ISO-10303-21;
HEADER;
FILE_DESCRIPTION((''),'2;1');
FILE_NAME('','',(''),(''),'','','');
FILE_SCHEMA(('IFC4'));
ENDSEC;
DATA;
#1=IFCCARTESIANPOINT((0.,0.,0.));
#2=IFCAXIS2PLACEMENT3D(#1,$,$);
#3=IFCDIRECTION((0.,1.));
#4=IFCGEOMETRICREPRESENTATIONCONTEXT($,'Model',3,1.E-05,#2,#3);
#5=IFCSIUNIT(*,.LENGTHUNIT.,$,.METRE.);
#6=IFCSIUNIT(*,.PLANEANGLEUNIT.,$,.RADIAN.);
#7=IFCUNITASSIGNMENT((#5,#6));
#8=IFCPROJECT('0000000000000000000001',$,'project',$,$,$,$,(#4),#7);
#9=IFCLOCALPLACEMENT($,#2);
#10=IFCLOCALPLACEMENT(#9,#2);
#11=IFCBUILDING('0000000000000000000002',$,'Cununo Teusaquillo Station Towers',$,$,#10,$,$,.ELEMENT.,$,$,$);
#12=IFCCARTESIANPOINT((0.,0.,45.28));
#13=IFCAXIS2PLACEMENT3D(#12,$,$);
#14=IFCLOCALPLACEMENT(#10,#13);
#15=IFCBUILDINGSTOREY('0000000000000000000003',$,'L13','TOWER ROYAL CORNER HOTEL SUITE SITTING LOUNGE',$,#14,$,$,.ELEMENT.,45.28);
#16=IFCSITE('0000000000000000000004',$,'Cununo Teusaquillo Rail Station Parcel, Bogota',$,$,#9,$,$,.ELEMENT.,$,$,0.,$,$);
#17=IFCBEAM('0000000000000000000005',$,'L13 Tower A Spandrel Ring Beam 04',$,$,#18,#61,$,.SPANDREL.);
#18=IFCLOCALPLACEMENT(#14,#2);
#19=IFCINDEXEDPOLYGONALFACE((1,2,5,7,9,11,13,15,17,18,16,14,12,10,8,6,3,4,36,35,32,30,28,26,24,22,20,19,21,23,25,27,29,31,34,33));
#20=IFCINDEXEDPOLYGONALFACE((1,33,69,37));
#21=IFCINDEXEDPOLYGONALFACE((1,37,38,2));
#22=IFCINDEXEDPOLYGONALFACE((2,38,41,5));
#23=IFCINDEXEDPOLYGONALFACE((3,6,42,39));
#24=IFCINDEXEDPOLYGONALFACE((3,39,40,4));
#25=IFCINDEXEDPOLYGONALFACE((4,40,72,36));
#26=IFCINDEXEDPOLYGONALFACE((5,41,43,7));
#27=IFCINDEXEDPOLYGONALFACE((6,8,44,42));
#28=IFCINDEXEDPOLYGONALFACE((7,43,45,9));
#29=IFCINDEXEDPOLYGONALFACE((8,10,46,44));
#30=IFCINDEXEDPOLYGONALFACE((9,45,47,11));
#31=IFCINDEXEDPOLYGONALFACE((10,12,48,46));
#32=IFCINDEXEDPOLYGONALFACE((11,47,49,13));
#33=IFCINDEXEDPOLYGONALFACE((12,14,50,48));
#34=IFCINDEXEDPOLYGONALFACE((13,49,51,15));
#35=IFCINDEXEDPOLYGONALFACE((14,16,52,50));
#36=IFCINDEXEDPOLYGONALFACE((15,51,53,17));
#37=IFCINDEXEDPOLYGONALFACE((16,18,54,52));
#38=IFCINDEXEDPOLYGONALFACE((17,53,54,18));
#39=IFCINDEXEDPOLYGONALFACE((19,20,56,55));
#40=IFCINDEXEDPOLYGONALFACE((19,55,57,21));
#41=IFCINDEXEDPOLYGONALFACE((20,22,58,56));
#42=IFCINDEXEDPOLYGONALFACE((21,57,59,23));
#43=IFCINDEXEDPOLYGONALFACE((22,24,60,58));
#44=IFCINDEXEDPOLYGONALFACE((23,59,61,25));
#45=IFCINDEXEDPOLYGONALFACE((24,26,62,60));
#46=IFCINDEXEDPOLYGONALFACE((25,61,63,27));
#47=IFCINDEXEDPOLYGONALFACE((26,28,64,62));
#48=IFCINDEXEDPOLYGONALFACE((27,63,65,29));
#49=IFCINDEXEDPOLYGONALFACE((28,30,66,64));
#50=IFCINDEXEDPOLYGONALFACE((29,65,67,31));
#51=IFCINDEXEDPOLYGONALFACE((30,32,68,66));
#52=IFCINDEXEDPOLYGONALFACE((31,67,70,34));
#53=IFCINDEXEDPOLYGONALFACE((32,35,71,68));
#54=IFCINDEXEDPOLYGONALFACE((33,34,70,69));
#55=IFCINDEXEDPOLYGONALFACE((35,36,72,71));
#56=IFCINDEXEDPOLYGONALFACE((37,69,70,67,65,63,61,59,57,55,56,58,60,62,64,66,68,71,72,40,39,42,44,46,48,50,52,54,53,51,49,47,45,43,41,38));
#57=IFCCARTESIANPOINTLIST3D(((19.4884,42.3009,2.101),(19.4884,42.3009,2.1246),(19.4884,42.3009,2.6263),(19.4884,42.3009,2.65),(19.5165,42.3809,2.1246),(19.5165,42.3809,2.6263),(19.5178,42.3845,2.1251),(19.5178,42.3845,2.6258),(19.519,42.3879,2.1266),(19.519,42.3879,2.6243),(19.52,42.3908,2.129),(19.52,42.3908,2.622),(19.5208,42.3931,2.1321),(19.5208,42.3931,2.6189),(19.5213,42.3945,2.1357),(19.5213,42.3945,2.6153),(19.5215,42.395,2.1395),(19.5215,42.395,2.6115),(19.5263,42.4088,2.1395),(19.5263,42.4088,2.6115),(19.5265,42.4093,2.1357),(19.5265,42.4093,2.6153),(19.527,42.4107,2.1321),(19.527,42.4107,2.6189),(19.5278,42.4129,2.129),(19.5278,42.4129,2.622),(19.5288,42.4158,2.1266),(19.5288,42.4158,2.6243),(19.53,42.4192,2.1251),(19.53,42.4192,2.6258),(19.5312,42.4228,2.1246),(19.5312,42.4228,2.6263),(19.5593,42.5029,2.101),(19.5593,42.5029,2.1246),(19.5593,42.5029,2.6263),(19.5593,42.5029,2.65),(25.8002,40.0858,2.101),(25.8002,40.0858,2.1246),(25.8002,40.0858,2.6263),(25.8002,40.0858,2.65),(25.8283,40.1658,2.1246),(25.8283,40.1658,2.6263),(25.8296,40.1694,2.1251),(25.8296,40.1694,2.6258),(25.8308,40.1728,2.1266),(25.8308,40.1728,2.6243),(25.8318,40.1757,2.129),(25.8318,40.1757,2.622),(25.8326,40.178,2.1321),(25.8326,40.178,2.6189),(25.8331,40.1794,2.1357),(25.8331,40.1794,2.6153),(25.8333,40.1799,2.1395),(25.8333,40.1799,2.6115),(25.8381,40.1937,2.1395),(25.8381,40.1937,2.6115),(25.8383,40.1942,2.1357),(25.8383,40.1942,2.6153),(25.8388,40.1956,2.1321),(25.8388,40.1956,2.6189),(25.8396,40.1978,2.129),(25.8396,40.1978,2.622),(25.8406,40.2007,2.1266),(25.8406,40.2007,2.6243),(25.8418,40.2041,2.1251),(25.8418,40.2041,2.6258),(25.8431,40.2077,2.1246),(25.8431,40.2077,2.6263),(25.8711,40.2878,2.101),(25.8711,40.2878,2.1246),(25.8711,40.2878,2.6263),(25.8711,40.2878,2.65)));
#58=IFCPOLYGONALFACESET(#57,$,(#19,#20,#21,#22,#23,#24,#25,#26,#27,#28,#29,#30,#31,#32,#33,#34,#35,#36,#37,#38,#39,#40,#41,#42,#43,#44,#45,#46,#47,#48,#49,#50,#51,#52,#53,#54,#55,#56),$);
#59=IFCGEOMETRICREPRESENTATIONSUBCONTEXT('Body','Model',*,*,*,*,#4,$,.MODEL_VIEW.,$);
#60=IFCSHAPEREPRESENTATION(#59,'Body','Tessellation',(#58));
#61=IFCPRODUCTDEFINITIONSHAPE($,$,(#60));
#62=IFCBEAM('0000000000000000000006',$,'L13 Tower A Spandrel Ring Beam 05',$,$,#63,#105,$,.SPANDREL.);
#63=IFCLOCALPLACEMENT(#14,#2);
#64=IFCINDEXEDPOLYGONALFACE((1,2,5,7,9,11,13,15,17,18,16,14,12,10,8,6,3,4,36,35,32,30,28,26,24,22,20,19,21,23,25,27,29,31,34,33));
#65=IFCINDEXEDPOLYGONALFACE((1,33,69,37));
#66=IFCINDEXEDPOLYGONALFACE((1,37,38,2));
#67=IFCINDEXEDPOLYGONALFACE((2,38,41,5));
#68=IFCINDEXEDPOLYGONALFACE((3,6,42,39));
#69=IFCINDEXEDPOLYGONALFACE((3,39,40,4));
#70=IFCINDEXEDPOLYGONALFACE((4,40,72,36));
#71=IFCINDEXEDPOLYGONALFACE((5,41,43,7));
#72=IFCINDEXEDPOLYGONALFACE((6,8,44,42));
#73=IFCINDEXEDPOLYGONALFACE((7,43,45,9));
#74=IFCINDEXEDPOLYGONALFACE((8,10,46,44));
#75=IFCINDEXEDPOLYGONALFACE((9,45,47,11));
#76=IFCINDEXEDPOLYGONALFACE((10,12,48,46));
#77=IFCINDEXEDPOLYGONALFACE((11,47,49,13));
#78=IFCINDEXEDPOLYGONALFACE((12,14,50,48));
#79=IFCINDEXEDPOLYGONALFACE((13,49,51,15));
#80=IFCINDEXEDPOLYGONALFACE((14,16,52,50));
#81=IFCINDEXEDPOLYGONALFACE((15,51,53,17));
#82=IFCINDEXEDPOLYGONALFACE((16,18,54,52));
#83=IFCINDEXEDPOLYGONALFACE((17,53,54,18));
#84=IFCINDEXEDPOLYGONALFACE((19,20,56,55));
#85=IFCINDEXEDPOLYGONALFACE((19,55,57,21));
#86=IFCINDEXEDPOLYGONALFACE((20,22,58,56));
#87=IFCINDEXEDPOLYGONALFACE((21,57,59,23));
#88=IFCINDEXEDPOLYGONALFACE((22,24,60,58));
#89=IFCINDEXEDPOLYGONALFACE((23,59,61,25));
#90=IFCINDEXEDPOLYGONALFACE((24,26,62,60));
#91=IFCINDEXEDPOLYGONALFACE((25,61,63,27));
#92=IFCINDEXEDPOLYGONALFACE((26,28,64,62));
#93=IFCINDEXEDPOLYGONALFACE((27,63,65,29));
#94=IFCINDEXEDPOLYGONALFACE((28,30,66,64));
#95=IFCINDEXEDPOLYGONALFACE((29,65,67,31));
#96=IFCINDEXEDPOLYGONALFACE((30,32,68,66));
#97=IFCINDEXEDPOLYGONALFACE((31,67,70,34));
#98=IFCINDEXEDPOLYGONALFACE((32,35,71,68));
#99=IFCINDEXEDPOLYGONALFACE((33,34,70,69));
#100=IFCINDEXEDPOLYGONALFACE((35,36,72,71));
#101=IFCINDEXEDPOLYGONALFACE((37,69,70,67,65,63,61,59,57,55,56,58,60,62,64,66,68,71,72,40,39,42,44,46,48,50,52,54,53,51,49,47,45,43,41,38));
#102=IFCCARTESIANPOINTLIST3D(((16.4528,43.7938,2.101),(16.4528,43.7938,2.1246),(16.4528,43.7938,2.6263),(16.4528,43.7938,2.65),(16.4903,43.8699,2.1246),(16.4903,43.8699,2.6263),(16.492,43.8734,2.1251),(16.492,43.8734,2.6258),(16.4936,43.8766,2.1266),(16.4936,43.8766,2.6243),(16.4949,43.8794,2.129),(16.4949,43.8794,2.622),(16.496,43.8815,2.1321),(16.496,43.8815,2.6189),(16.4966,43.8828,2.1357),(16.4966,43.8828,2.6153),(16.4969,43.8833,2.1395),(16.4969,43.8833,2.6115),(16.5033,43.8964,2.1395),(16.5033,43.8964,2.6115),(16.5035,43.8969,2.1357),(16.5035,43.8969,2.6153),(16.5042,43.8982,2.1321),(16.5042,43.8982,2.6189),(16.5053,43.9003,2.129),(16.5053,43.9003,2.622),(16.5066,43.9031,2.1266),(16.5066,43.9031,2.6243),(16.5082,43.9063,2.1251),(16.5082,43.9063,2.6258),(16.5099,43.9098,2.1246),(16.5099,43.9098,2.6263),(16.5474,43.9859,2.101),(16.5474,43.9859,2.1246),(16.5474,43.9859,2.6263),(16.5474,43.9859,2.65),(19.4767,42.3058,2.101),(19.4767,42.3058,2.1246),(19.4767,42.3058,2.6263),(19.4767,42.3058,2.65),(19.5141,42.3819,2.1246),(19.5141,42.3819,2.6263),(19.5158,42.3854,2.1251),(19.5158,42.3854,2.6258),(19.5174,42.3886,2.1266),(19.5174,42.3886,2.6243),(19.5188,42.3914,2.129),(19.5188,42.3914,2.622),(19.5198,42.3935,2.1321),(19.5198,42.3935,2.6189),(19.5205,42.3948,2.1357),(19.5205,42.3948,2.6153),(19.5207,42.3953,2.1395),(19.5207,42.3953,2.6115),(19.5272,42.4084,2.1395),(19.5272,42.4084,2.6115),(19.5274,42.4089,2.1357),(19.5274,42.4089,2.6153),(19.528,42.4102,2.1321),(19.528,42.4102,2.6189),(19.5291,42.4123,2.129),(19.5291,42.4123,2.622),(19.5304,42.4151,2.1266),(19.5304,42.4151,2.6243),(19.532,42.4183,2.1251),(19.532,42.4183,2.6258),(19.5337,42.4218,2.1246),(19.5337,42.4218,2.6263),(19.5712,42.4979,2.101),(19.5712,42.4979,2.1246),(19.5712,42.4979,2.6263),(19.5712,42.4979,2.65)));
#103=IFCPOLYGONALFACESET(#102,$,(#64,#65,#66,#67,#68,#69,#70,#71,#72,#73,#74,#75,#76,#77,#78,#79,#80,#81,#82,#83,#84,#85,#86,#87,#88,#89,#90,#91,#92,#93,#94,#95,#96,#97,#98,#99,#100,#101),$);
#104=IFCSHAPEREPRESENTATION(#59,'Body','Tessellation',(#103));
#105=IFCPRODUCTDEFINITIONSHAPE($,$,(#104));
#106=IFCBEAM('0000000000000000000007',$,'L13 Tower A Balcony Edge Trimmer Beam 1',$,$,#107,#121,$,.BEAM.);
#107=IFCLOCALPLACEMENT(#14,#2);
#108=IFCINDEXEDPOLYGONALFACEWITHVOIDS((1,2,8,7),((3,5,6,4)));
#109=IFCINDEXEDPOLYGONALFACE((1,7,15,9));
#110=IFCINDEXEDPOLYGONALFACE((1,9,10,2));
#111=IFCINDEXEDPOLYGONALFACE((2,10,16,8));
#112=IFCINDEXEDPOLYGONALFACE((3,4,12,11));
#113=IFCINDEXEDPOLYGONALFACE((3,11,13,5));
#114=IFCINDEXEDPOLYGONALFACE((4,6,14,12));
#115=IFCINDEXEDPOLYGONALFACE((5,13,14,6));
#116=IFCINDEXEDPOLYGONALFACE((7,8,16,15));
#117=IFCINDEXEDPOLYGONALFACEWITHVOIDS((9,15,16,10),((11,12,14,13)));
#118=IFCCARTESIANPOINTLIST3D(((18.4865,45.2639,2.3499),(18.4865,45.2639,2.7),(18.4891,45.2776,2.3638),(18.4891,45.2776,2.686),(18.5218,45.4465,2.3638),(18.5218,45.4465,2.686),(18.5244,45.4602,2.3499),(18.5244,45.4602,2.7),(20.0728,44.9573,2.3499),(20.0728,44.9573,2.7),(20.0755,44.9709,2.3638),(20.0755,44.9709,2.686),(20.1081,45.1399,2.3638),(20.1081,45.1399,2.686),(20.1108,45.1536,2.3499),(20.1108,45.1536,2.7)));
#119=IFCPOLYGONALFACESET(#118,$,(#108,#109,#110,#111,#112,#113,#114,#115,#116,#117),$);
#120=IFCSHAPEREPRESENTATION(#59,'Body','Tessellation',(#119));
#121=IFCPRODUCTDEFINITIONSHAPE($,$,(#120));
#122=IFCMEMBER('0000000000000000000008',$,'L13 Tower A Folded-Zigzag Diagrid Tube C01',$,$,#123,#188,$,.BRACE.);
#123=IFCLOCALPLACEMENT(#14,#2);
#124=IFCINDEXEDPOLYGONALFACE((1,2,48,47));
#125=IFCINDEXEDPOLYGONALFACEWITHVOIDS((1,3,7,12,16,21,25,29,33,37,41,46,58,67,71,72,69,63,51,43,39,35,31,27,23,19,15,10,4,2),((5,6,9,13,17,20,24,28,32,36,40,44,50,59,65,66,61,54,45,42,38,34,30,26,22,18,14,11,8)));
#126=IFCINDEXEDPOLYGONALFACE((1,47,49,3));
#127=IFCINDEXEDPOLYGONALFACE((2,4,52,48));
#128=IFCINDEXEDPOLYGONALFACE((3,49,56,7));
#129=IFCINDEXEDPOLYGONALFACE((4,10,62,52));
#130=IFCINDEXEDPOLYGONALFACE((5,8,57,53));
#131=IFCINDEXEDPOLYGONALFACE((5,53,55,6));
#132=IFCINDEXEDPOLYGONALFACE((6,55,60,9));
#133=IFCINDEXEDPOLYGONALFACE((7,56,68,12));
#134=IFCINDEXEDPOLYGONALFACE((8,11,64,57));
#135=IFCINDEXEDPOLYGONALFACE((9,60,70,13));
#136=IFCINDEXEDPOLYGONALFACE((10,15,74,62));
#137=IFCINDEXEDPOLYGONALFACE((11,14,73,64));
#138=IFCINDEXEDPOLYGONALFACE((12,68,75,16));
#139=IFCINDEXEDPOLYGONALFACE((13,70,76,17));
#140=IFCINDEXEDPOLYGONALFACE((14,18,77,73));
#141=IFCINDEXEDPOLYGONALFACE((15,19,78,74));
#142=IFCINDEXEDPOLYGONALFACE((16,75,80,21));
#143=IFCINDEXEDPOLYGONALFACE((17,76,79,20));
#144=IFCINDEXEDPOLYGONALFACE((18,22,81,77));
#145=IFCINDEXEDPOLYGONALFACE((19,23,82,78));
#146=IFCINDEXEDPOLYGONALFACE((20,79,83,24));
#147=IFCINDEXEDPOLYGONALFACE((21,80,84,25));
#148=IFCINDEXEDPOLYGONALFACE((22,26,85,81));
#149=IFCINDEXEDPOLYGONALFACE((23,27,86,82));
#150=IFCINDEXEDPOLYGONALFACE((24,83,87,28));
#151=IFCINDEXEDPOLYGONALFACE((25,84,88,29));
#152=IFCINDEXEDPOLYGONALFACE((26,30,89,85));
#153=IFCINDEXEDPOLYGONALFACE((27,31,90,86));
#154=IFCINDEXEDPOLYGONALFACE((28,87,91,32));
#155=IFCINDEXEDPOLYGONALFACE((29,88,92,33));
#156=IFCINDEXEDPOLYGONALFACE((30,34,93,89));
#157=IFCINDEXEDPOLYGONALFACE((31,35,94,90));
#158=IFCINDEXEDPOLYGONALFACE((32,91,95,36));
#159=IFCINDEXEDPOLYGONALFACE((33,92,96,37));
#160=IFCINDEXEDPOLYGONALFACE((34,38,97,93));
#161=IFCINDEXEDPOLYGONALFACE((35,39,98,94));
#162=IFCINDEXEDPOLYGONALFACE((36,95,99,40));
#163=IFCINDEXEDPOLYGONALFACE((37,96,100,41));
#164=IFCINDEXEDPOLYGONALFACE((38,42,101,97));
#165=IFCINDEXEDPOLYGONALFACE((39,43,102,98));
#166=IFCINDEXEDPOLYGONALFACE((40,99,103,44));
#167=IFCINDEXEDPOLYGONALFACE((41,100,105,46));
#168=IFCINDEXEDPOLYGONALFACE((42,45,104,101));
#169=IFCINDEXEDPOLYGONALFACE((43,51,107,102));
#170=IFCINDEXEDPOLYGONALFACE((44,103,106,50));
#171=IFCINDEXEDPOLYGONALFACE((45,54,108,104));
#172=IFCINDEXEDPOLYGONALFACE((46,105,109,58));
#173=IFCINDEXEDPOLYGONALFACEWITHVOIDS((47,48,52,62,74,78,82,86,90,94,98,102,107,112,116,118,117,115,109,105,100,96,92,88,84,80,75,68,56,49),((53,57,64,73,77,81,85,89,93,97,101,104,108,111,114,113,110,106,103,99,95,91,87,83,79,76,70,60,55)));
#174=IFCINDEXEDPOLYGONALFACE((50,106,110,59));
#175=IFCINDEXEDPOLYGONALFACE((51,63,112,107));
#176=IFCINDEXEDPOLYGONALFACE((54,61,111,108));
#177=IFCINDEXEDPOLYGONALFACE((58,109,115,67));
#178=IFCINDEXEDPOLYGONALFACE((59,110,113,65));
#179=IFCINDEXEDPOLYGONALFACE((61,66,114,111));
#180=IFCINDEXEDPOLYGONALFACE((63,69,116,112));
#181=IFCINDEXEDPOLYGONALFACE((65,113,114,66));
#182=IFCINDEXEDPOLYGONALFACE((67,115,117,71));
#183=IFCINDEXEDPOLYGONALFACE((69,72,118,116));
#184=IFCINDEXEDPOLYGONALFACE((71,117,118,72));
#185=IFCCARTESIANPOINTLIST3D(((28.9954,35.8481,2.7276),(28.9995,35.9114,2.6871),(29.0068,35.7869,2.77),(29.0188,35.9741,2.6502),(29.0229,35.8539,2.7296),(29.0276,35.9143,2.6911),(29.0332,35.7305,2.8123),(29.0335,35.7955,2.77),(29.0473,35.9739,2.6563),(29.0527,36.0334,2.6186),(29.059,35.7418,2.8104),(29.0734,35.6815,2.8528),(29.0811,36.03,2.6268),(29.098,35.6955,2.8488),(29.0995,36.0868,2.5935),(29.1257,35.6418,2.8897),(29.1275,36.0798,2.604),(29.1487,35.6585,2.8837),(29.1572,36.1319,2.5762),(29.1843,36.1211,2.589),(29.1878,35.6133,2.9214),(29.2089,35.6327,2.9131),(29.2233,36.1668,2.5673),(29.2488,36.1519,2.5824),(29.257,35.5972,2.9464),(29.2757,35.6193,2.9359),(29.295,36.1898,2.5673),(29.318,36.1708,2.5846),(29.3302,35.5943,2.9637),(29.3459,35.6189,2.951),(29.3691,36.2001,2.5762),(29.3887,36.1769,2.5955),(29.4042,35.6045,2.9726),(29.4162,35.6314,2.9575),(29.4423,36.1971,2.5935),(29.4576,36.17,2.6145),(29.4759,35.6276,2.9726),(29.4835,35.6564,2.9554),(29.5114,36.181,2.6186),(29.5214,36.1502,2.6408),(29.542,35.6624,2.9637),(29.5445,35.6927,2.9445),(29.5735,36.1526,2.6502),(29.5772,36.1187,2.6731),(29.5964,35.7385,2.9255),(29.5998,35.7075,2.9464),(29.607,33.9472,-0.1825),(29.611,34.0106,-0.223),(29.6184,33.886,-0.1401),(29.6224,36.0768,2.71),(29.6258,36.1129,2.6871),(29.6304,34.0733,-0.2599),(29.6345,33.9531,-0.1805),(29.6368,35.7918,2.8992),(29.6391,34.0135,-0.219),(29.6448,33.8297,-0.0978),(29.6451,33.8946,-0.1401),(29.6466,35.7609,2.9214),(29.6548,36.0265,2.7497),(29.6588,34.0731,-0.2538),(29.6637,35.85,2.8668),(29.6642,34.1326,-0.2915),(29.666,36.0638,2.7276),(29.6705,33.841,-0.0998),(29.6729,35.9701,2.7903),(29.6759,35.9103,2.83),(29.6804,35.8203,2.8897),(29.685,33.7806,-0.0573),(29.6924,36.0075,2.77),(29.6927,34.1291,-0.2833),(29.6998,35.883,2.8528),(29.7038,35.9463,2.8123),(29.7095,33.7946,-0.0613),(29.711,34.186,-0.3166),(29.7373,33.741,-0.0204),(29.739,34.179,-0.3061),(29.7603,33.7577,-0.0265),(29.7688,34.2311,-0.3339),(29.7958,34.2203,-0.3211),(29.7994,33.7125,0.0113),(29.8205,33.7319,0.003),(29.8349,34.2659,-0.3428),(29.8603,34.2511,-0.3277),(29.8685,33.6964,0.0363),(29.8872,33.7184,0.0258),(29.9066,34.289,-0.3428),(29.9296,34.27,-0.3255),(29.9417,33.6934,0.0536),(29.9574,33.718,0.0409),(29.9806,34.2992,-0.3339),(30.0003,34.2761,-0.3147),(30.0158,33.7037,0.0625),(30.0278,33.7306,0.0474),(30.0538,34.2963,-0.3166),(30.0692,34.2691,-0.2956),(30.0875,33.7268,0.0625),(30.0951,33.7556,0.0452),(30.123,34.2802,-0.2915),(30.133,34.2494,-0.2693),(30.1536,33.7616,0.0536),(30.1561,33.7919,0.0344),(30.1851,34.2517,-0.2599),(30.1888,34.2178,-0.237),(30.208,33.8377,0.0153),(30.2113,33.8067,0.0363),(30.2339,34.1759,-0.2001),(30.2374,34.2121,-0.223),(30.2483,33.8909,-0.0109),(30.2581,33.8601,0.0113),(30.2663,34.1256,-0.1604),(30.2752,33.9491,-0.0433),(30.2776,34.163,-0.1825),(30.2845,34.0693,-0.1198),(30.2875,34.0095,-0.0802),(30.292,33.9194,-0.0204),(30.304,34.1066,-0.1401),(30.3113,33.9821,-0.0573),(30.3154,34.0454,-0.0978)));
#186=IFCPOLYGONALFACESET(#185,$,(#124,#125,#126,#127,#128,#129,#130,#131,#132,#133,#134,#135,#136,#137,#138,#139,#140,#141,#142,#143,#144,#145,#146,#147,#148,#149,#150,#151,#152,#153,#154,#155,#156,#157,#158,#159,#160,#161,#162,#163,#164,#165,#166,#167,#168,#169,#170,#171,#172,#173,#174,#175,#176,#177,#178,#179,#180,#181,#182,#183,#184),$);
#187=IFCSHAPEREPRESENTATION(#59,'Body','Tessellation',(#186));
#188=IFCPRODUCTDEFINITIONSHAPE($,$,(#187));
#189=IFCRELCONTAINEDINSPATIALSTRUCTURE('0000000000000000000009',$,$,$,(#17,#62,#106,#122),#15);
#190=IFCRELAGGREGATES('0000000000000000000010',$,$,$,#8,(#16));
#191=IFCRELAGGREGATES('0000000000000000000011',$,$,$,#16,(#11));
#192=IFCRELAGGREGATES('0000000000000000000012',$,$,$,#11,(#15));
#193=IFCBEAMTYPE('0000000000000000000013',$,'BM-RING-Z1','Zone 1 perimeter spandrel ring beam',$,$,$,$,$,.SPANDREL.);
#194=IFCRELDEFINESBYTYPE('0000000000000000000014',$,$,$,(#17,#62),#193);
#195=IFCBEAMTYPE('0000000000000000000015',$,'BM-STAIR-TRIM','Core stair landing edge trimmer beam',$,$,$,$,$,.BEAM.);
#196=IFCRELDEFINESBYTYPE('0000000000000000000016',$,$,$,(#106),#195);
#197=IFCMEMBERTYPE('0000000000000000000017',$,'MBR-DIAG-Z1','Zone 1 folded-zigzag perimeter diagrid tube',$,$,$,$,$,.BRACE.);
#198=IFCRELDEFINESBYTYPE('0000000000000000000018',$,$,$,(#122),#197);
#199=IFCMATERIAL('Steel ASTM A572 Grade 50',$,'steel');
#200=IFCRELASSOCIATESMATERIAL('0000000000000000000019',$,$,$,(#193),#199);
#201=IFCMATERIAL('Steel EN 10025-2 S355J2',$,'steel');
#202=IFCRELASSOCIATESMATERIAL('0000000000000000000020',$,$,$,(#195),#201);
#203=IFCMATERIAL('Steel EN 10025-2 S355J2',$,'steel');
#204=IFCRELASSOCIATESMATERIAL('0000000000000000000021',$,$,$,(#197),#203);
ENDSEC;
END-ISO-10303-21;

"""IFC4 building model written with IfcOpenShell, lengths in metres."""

from ifc_helpers import new_model, si_unit, direction, frame, origin, origin_2d, place, context, subcontext, project, spatial, hollow_rectangle, hollow_circle, i_section, extrude, material, material_profile, profile_set, type_object, element, save


model = new_model("IFC4")

# Units and contexts
model_context = context("Model", 3, precision=1e-05, world=origin(), true_north=direction((0.0, 1.0)))
body_context = subcontext(model_context, "Body", "Model", "MODEL_VIEW")
ifc_project = project(units=[si_unit("LENGTHUNIT", "METRE"), si_unit("PLANEANGLEUNIT", "RADIAN")], contexts=[model_context])

# Site, building, storey
site_placement = place(None, origin())
site = spatial("IfcSite", under=ifc_project, at=site_placement, Name="Cununo Teusaquillo Rail Station Parcel, Bogota", CompositionType="ELEMENT", RefElevation=0.0)
building_placement = place(site_placement, origin())
building = spatial("IfcBuilding", under=site, at=building_placement, Name="Cununo Teusaquillo Station Towers", CompositionType="ELEMENT")
storey_placement = place(building_placement, frame((0.0, 0.0, 45.28)))
storey = spatial("IfcBuildingStorey", under=building, at=storey_placement, Name="L13", Description="TOWER ROYAL CORNER HOTEL SUITE SITTING LOUNGE", CompositionType="ELEMENT", Elevation=45.28)

# Beams
ifc_material_1 = material(Name="Steel ASTM A572 Grade 50", Category="steel")
ifc_material_profile_1 = material_profile(ifc_material_1, i_section(OverallWidth=0.2141, OverallDepth=0.5491, WebThickness=0.0146, FlangeThickness=0.0237, FilletRadius=0.0149, at=origin_2d()), Name="W21X93")
ifc_profile_set_1 = profile_set([ifc_material_profile_1], Name="Steel ASTM A572 Grade 50")
beam_type_1 = type_object("IfcBeamType", Name="BM-RING-Z1", Description="Zone 1 perimeter spandrel ring beam", PredefinedType="SPANDREL", material=ifc_profile_set_1)
beam_1_placement = place(storey_placement, frame((25.8357, 40.1868, 2.3755), z_axis=(-0.94358, 0.331145, 0.0), x_axis=(-0.331145, -0.94358, 0.0)))
element("IfcBeam", 1, at=beam_1_placement, inside=storey, type_object=beam_type_1, Name="L13 Tower A Spandrel Ring Beam 04", PredefinedType="SPANDREL", context=body_context, shape_type="SweptSolid", body=[
    extrude(i_section(OverallWidth=0.2141, OverallDepth=0.5491, WebThickness=0.0146, FlangeThickness=0.0237, FilletRadius=0.0149, at=origin_2d()), origin(), (0.0, 0.0, 1.0), 6.6892),
])
beam_2_placement = place(storey_placement, frame((19.5239, 42.4019, 2.3755), z_axis=(-0.897249, 0.441525, 0.0), x_axis=(-0.441525, -0.897249, 0.0)))
element("IfcBeam", 2, at=beam_2_placement, inside=storey, type_object=beam_type_1, Name="L13 Tower A Spandrel Ring Beam 05", PredefinedType="SPANDREL", context=body_context, shape_type="SweptSolid", body=[
    extrude(i_section(OverallWidth=0.2141, OverallDepth=0.5491, WebThickness=0.0146, FlangeThickness=0.0237, FilletRadius=0.0149, at=origin_2d()), origin(), (0.0, 0.0, 1.0), 3.3701),
])
ifc_material_2 = material(Name="Steel EN 10025-2 S355J2", Category="steel")
ifc_material_profile_2 = material_profile(ifc_material_2, hollow_rectangle(XDim=0.2, YDim=0.3501, WallThickness=0.0139, at=origin_2d()), Name="RHS 350x200x14")
ifc_profile_set_2 = profile_set([ifc_material_profile_2], Name="Steel EN 10025-2 S355J2")
beam_type_2 = type_object("IfcBeamType", Name="BM-STAIR-TRIM", Description="Core stair landing edge trimmer beam", PredefinedType="BEAM", material=ifc_profile_set_2)
beam_3_placement = place(storey_placement, frame((20.0918, 45.0554, 2.5249), z_axis=(-0.981827, 0.189778, 0.0), x_axis=(-0.189778, -0.981827, 0.0)))
element("IfcBeam", 3, at=beam_3_placement, inside=storey, type_object=beam_type_2, Name="L13 Tower A Balcony Edge Trimmer Beam 1", PredefinedType="BEAM", context=body_context, shape_type="SweptSolid", body=[
    extrude(hollow_rectangle(XDim=0.2, YDim=0.3501, WallThickness=0.0139, at=origin_2d()), origin(), (0.0, 0.0, 1.0), 1.6157),
])

# Member
ifc_material_3 = material(Name="Steel EN 10025-2 S355J2", Category="steel")
ifc_material_profile_3 = material_profile(ifc_material_3, hollow_circle(Radius=0.3601, WallThickness=0.0281, at=origin_2d()), Name="CHS 720x28")
ifc_profile_set_3 = profile_set([ifc_material_profile_3], Name="Steel EN 10025-2 S355J2")
member_type = type_object("IfcMemberType", Name="MBR-DIAG-Z1", Description="Zone 1 folded-zigzag perimeter diagrid tube", PredefinedType="BRACE", material=ifc_profile_set_3)
member_1_placement = place(storey_placement, frame((29.9612, 33.9963, -0.1401), z_axis=(-0.173281, 0.538591, 0.824557), x_axis=(-0.951945, -0.30627, 0.0)))
element("IfcMember", 4, at=member_1_placement, inside=storey, type_object=member_type, Name="L13 Tower A Folded-Zigzag Diagrid Tube C01", PredefinedType="BRACE", context=body_context, shape_type="SweptSolid", body=[
    extrude(hollow_circle(Radius=0.3601, WallThickness=0.0281, at=origin_2d()), origin(), (0.0, 0.0, 1.0), 3.5293),
])

save(model, "model.ifc")
